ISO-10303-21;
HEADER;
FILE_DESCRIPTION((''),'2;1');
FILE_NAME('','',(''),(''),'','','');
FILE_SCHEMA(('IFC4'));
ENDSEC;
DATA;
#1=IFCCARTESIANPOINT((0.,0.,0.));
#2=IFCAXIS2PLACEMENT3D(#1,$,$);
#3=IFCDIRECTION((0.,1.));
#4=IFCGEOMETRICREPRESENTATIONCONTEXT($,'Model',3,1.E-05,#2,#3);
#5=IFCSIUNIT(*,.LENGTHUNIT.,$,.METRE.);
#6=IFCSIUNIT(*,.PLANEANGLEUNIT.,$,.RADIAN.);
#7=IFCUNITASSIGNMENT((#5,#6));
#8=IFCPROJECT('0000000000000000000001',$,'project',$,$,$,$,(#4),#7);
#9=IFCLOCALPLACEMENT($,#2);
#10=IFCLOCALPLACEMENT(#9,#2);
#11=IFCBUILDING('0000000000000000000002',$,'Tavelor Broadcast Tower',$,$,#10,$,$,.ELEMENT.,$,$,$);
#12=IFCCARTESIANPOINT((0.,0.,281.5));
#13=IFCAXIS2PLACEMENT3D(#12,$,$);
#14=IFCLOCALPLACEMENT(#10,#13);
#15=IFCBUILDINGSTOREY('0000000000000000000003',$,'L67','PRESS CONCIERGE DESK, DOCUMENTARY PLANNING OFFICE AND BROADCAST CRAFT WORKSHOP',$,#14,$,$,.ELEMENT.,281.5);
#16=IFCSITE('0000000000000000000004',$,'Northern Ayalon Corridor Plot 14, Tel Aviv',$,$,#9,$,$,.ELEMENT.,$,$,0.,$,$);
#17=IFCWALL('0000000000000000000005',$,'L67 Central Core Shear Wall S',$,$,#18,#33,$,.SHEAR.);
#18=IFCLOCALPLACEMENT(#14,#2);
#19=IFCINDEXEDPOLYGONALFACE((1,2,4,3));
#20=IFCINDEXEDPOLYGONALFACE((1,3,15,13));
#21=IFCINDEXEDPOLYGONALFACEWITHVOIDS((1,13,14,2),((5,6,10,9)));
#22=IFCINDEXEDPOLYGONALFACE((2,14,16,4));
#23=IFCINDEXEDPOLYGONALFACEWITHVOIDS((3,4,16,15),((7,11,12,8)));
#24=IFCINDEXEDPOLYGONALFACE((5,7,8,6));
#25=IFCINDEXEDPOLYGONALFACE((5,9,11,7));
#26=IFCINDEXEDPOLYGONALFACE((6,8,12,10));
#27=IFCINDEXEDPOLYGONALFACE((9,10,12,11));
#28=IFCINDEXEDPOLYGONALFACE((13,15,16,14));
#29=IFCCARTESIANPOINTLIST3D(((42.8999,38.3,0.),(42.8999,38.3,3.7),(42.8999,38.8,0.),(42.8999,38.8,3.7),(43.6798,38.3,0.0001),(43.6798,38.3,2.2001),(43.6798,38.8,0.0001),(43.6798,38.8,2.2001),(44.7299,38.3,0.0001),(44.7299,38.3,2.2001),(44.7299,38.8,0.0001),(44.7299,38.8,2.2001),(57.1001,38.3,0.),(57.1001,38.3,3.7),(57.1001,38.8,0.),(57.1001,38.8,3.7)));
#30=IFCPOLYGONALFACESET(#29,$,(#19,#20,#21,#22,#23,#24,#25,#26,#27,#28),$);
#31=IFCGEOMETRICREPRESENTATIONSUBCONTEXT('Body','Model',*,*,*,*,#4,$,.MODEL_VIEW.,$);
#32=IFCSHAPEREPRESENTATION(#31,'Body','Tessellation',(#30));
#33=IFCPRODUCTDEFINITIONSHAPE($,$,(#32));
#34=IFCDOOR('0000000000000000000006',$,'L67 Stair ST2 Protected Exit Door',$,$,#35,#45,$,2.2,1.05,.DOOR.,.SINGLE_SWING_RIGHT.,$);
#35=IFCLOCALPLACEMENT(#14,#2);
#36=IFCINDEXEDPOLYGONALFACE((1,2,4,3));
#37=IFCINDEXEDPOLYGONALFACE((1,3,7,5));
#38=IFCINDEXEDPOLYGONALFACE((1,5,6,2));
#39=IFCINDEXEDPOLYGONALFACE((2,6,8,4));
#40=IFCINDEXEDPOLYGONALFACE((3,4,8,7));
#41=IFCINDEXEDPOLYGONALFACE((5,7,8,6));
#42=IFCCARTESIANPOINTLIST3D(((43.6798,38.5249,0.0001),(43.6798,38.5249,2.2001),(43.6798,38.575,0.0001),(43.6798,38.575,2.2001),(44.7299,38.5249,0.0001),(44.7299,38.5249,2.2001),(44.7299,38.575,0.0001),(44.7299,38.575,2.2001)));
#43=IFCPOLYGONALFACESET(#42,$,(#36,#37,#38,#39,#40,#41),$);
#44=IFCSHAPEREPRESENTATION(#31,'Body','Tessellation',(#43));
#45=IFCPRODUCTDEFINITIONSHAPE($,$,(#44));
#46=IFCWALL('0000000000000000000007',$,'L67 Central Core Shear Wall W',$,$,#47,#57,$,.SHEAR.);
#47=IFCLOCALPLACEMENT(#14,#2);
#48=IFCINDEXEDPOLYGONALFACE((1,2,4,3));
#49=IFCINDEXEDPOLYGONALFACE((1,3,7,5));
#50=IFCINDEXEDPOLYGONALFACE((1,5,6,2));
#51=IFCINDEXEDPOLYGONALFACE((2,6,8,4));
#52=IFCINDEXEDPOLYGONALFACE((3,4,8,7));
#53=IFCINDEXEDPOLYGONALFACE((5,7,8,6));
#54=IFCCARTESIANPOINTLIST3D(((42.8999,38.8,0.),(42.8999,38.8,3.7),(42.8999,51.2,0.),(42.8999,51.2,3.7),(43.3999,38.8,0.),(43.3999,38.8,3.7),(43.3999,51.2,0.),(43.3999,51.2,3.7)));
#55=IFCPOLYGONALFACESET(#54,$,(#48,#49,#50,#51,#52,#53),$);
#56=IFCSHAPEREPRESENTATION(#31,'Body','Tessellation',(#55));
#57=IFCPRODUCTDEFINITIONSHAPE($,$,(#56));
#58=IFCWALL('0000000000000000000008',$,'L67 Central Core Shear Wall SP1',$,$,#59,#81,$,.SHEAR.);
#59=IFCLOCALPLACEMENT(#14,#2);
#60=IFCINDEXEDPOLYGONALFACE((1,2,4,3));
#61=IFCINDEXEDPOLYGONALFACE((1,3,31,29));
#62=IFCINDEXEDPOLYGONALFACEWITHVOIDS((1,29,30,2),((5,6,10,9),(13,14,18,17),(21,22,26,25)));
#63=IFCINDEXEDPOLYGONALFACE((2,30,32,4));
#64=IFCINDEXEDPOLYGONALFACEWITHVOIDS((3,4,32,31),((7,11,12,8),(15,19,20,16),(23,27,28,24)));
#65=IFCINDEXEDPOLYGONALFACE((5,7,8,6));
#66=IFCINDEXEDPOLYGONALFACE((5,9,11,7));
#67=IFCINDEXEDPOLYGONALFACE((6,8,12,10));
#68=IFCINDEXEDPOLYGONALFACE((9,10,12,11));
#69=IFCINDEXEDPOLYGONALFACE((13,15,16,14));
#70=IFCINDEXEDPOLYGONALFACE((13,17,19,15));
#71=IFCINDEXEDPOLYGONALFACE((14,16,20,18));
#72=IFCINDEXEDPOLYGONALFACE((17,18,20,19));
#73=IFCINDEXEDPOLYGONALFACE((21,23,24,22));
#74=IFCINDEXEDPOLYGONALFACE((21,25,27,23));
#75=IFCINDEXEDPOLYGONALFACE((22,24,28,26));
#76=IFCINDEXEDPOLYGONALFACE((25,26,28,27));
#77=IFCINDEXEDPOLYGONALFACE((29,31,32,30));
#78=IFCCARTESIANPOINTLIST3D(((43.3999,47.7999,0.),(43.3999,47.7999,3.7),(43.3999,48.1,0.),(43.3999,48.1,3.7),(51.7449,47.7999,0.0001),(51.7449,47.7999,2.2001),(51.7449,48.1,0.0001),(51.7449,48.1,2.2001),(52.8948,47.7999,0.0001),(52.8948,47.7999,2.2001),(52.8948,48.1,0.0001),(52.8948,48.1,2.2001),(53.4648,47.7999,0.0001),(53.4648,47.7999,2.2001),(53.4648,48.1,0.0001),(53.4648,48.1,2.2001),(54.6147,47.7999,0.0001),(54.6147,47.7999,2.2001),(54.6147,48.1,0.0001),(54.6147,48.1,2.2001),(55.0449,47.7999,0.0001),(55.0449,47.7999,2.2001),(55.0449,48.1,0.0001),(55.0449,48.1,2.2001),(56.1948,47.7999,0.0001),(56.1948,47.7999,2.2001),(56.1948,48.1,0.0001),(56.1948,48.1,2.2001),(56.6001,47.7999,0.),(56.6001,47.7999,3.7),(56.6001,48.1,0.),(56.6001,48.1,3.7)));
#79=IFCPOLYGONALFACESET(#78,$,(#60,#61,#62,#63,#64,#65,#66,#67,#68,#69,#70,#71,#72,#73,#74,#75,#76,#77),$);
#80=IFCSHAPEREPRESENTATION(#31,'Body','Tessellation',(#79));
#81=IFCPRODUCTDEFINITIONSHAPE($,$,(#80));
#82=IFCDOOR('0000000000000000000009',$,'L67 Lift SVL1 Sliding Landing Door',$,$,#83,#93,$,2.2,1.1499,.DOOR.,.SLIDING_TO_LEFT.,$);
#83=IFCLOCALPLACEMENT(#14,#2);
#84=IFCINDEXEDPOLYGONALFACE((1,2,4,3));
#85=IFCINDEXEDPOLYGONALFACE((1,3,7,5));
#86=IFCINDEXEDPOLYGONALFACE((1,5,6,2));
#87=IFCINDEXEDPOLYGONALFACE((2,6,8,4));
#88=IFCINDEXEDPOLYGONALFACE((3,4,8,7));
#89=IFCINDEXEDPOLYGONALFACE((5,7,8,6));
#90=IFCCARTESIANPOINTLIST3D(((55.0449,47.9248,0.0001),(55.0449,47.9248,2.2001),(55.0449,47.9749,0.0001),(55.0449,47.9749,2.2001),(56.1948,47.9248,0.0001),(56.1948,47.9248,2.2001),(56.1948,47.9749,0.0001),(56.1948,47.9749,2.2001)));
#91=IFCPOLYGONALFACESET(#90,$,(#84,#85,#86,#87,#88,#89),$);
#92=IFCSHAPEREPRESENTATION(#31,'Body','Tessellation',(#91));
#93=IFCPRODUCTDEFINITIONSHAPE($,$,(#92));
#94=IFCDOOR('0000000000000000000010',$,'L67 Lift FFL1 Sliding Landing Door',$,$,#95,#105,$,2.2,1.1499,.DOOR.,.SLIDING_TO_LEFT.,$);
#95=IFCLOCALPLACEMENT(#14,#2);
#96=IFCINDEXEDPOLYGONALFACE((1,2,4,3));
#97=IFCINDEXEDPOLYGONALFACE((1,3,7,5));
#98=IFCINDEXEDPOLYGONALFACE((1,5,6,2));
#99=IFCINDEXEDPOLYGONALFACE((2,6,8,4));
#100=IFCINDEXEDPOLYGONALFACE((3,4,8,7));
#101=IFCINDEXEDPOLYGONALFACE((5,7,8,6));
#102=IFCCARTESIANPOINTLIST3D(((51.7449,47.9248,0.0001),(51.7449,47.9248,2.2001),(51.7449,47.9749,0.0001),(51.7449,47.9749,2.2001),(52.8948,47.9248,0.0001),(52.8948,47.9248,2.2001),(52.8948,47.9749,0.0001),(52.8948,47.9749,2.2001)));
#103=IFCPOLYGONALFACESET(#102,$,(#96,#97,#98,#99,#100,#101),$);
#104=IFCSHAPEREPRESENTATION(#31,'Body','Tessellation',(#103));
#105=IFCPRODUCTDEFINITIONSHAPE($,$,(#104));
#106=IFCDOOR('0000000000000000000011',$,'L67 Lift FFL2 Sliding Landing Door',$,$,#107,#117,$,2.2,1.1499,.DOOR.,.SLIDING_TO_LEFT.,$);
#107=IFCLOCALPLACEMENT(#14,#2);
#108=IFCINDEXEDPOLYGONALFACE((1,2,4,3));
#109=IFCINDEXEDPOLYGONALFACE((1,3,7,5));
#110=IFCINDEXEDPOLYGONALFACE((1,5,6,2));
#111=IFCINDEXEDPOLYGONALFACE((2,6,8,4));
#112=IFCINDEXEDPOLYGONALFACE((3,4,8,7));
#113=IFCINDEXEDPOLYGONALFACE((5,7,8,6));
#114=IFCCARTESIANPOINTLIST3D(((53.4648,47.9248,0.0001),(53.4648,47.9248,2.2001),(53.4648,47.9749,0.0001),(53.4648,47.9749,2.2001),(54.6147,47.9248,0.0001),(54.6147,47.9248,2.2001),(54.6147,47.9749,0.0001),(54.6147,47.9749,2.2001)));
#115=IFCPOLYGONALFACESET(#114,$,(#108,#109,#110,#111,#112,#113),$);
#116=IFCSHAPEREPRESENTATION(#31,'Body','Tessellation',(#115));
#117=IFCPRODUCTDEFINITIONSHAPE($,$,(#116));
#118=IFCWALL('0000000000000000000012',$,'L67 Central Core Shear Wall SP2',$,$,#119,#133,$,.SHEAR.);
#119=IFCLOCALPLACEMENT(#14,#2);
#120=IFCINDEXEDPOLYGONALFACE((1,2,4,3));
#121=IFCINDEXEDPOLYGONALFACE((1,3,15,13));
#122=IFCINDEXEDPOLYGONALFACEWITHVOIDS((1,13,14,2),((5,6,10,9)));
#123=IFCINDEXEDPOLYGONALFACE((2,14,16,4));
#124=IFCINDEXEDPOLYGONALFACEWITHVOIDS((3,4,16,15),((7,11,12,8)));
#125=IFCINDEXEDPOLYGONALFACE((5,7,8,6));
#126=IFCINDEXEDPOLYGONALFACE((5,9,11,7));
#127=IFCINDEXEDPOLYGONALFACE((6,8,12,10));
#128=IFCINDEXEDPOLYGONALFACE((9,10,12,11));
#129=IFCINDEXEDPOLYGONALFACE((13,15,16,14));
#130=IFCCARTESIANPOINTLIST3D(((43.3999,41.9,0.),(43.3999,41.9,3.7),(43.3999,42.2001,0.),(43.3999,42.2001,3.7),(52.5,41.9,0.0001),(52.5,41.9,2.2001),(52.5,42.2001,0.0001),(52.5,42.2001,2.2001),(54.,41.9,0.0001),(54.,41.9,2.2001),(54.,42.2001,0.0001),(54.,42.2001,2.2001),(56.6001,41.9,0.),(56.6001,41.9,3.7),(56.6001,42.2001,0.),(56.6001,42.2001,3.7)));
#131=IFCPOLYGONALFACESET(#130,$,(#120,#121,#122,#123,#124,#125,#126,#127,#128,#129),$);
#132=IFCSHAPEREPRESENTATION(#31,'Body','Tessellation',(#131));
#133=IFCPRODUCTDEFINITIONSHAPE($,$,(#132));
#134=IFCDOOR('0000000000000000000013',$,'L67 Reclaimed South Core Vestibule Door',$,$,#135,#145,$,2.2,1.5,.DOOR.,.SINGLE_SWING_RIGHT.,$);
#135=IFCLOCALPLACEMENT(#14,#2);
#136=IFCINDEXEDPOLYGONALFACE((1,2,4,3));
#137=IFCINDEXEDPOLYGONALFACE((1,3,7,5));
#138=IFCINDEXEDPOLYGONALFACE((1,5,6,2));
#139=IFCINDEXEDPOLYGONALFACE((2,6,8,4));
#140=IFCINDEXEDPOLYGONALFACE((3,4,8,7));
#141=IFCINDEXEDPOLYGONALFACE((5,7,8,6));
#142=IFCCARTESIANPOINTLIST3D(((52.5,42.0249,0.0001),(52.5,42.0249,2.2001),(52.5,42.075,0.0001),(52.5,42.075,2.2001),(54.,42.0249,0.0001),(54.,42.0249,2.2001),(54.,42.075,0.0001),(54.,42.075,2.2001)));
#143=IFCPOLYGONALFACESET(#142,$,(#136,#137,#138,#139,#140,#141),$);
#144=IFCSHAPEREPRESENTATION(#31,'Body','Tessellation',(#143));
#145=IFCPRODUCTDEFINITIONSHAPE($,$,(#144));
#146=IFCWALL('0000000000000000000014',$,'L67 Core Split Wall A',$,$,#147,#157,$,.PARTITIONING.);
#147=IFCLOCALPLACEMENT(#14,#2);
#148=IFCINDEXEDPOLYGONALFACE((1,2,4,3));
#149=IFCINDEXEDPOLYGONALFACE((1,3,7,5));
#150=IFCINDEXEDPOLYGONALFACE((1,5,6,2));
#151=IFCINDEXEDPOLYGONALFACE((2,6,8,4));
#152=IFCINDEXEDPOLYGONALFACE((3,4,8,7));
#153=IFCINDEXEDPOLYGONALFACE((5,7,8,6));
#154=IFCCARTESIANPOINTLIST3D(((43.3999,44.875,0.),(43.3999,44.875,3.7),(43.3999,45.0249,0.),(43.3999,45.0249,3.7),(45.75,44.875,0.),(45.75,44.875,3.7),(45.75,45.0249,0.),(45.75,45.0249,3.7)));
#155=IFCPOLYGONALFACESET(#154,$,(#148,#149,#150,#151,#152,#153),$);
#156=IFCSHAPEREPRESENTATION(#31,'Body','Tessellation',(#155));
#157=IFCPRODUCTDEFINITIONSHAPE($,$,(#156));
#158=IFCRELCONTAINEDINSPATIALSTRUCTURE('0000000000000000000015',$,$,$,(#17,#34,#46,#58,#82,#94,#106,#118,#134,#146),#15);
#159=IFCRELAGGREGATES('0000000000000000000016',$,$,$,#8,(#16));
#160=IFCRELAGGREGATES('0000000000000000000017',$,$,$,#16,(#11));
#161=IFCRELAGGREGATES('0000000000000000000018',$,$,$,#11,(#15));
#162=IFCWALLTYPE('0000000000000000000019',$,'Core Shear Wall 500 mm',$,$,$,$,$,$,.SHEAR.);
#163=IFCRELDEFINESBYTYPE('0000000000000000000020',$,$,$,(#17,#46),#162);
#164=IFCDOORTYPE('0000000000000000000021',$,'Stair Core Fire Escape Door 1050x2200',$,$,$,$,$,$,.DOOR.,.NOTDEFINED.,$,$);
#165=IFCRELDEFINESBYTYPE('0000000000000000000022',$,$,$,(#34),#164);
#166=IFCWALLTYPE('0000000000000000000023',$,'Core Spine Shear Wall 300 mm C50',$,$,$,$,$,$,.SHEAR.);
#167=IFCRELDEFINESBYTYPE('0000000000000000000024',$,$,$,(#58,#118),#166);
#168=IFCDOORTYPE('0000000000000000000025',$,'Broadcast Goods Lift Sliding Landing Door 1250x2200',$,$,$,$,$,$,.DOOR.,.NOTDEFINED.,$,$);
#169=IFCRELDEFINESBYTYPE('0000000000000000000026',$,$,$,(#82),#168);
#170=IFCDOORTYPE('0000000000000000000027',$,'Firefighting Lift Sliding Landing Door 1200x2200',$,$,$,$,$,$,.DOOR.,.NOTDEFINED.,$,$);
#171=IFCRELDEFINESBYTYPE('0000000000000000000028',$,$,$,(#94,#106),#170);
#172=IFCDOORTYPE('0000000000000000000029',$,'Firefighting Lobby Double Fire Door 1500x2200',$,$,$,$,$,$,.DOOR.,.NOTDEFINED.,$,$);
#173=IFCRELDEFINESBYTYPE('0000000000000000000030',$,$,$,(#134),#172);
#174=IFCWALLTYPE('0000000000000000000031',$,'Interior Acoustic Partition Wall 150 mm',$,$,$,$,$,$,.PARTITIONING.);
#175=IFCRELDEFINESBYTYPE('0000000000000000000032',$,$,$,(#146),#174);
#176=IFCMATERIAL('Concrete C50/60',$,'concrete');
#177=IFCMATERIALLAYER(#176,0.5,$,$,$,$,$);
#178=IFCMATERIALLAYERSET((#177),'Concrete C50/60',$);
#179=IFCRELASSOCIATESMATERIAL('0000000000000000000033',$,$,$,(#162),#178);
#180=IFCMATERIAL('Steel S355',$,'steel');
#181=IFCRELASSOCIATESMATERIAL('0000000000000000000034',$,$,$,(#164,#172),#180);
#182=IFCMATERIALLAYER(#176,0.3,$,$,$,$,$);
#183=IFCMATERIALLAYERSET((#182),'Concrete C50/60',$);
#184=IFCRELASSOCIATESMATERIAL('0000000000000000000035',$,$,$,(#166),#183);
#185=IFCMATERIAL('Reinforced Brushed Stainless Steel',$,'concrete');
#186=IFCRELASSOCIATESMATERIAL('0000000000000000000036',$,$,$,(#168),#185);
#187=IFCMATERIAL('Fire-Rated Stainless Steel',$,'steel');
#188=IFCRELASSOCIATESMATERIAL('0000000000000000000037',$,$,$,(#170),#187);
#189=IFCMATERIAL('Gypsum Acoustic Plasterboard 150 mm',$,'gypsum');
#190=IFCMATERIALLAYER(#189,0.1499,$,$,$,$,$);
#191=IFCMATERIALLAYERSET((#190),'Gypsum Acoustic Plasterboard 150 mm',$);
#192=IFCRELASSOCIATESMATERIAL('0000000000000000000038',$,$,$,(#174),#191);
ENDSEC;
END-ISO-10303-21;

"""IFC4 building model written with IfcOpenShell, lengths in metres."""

from ifc_helpers import new_model, si_unit, direction, frame, frame_2d, origin, place, context, subcontext, project, spatial, rectangle, extrude, material, layer, layer_set, type_object, element, fill, save


model = new_model("IFC4")

# Units and contexts
model_context = context("Model", 3, precision=1e-05, world=origin(), true_north=direction((0.0, 1.0)))
body_context = subcontext(model_context, "Body", "Model", "MODEL_VIEW")
ifc_project = project(units=[si_unit("LENGTHUNIT", "METRE"), si_unit("PLANEANGLEUNIT", "RADIAN")], contexts=[model_context])

# Site, building, storey
site_placement = place(None, origin())
site = spatial("IfcSite", under=ifc_project, at=site_placement, Name="Northern Ayalon Corridor Plot 14, Tel Aviv", CompositionType="ELEMENT", RefElevation=0.0)
building_placement = place(site_placement, origin())
building = spatial("IfcBuilding", under=site, at=building_placement, Name="Tavelor Broadcast Tower", CompositionType="ELEMENT")
storey_placement = place(building_placement, frame((0.0, 0.0, 281.5)))
storey = spatial("IfcBuildingStorey", under=building, at=storey_placement, Name="L67", Description="PRESS CONCIERGE DESK, DOCUMENTARY PLANNING OFFICE AND BROADCAST CRAFT WORKSHOP", CompositionType="ELEMENT", Elevation=281.5)

# Shared definitions
ifc_material_1 = material(Name="Concrete C50/60", Category="concrete")

# Shared definitions
ifc_material_2 = material(Name="Steel S355", Category="steel")

# Wall, opening, door
ifc_layer_1 = layer(ifc_material_1, 0.5)
ifc_layer_set_1 = layer_set([ifc_layer_1], Name="Concrete C50/60")
wall_type_1 = type_object("IfcWallType", Name="Core Shear Wall 500 mm", PredefinedType="SHEAR", material=ifc_layer_set_1)
wall_1_placement = place(storey_placement, frame((42.8999, 38.55, 0.0), z_axis=(0.0, 0.0, 1.0), x_axis=(1.0, 0.0, 0.0)))
wall_1 = element("IfcWall", 1, at=wall_1_placement, inside=storey, type_object=wall_type_1, Name="L67 Central Core Shear Wall S", PredefinedType="SHEAR", context=body_context, shape_type="SweptSolid", body=[
    extrude(rectangle(XDim=14.2002, YDim=0.5, at=frame_2d((7.1001, 0.0))), origin(), (0.0, 0.0, 1.0), 3.7),
])
opening_1_placement = place(wall_1_placement, frame((0.78, 0.0, 0.0)))
opening_1 = element("IfcOpeningElement", 2, at=opening_1_placement, cuts=wall_1, PredefinedType="OPENING", context=body_context, shape_type="SweptSolid", body=[
    extrude(rectangle(XDim=1.05, YDim=2.2, at=frame_2d((0.5249, 1.1001))), frame((0.0, 0.26, 0.0), z_axis=(0.0, -1.0, 0.0), x_axis=(1.0, 0.0, 0.0)), (0.0, 0.0, 1.0), 0.52),
])
door_type_1 = type_object("IfcDoorType", Name="Stair Core Fire Escape Door 1050x2200", OperationType="NOTDEFINED", PredefinedType="DOOR", material=ifc_material_2)
door_1_placement = place(opening_1_placement, origin())
door_1 = element("IfcDoor", 3, at=door_1_placement, inside=storey, type_object=door_type_1, Name="L67 Stair ST2 Protected Exit Door", OperationType="SINGLE_SWING_RIGHT", OverallHeight=2.2, OverallWidth=1.05, PredefinedType="DOOR", context=body_context, shape_type="SweptSolid", body=[
    extrude(rectangle(XDim=1.05, YDim=2.2, at=frame_2d((0.5249, 1.1001))), frame((0.0, 0.0249, 0.0), z_axis=(0.0, -1.0, 0.0), x_axis=(1.0, 0.0, 0.0)), (0.0, 0.0, 1.0), 0.05),
])
fill(opening_1, door_1)

# Wall
wall_2_placement = place(storey_placement, frame((43.1499, 38.8, 0.0), z_axis=(0.0, 0.0, 1.0), x_axis=(0.0, 1.0, 0.0)))
element("IfcWall", 4, at=wall_2_placement, inside=storey, type_object=wall_type_1, Name="L67 Central Core Shear Wall W", PredefinedType="SHEAR", context=body_context, shape_type="SweptSolid", body=[
    extrude(rectangle(XDim=12.3999, YDim=0.5, at=frame_2d((6.2, 0.0))), origin(), (0.0, 0.0, 1.0), 3.7),
])

# Wall, openings, doors
ifc_layer_2 = layer(ifc_material_1, 0.3)
ifc_layer_set_2 = layer_set([ifc_layer_2], Name="Concrete C50/60")
wall_type_2 = type_object("IfcWallType", Name="Core Spine Shear Wall 300 mm C50", PredefinedType="SHEAR", material=ifc_layer_set_2)
wall_3_placement = place(storey_placement, frame((43.3999, 47.95, 0.0), z_axis=(0.0, 0.0, 1.0), x_axis=(1.0, 0.0, 0.0)))
wall_3 = element("IfcWall", 5, at=wall_3_placement, inside=storey, type_object=wall_type_2, Name="L67 Central Core Shear Wall SP1", PredefinedType="SHEAR", context=body_context, shape_type="SweptSolid", body=[
    extrude(rectangle(XDim=13.2002, YDim=0.3, at=frame_2d((6.6001, 0.0))), origin(), (0.0, 0.0, 1.0), 3.7),
])
opening_2_placement = place(wall_3_placement, frame((8.345, 0.0, 0.0)))
opening_2 = element("IfcOpeningElement", 6, at=opening_2_placement, cuts=wall_3, PredefinedType="OPENING", context=body_context, shape_type="SweptSolid", body=[
    extrude(rectangle(XDim=1.1499, YDim=2.2, at=frame_2d((0.575, 1.1001))), frame((0.0, 0.1602, 0.0), z_axis=(0.0, -1.0, 0.0), x_axis=(1.0, 0.0, 0.0)), (0.0, 0.0, 1.0), 0.3201),
])
opening_3_placement = place(wall_3_placement, frame((10.0649, 0.0, 0.0)))
opening_3 = element("IfcOpeningElement", 7, at=opening_3_placement, cuts=wall_3, PredefinedType="OPENING", context=body_context, shape_type="SweptSolid", body=[
    extrude(rectangle(XDim=1.1499, YDim=2.2, at=frame_2d((0.575, 1.1001))), frame((0.0, 0.1602, 0.0), z_axis=(0.0, -1.0, 0.0), x_axis=(1.0, 0.0, 0.0)), (0.0, 0.0, 1.0), 0.3201),
])
opening_4_placement = place(wall_3_placement, frame((11.645, 0.0, 0.0)))
opening_4 = element("IfcOpeningElement", 8, at=opening_4_placement, cuts=wall_3, PredefinedType="OPENING", context=body_context, shape_type="SweptSolid", body=[
    extrude(rectangle(XDim=1.1499, YDim=2.2, at=frame_2d((0.575, 1.1001))), frame((0.0, 0.1602, 0.0), z_axis=(0.0, -1.0, 0.0), x_axis=(1.0, 0.0, 0.0)), (0.0, 0.0, 1.0), 0.3201),
])
ifc_material_3 = material(Name="Reinforced Brushed Stainless Steel", Category="concrete")
door_type_2 = type_object("IfcDoorType", Name="Broadcast Goods Lift Sliding Landing Door 1250x2200", OperationType="NOTDEFINED", PredefinedType="DOOR", material=ifc_material_3)
door_2_placement = place(opening_4_placement, origin())
door_2 = element("IfcDoor", 9, at=door_2_placement, inside=storey, type_object=door_type_2, Name="L67 Lift SVL1 Sliding Landing Door", OperationType="SLIDING_TO_LEFT", OverallHeight=2.2, OverallWidth=1.1499, PredefinedType="DOOR", context=body_context, shape_type="SweptSolid", body=[
    extrude(rectangle(XDim=1.1499, YDim=2.2, at=frame_2d((0.575, 1.1001))), frame((0.0, 0.0249, 0.0), z_axis=(0.0, -1.0, 0.0), x_axis=(1.0, 0.0, 0.0)), (0.0, 0.0, 1.0), 0.05),
])
fill(opening_4, door_2)
ifc_material_4 = material(Name="Fire-Rated Stainless Steel", Category="steel")
door_type_3 = type_object("IfcDoorType", Name="Firefighting Lift Sliding Landing Door 1200x2200", OperationType="NOTDEFINED", PredefinedType="DOOR", material=ifc_material_4)
door_3_placement = place(opening_2_placement, origin())
door_3 = element("IfcDoor", 10, at=door_3_placement, inside=storey, type_object=door_type_3, Name="L67 Lift FFL1 Sliding Landing Door", OperationType="SLIDING_TO_LEFT", OverallHeight=2.2, OverallWidth=1.1499, PredefinedType="DOOR", context=body_context, shape_type="SweptSolid", body=[
    extrude(rectangle(XDim=1.1499, YDim=2.2, at=frame_2d((0.575, 1.1001))), frame((0.0, 0.0249, 0.0), z_axis=(0.0, -1.0, 0.0), x_axis=(1.0, 0.0, 0.0)), (0.0, 0.0, 1.0), 0.05),
])
fill(opening_2, door_3)
door_4_placement = place(opening_3_placement, origin())
door_4 = element("IfcDoor", 11, at=door_4_placement, inside=storey, type_object=door_type_3, Name="L67 Lift FFL2 Sliding Landing Door", OperationType="SLIDING_TO_LEFT", OverallHeight=2.2, OverallWidth=1.1499, PredefinedType="DOOR", context=body_context, shape_type="SweptSolid", body=[
    extrude(rectangle(XDim=1.1499, YDim=2.2, at=frame_2d((0.575, 1.1001))), frame((0.0, 0.0249, 0.0), z_axis=(0.0, -1.0, 0.0), x_axis=(1.0, 0.0, 0.0)), (0.0, 0.0, 1.0), 0.05),
])
fill(opening_3, door_4)

# Wall, opening, door
wall_4_placement = place(storey_placement, frame((43.3999, 42.05, 0.0), z_axis=(0.0, 0.0, 1.0), x_axis=(1.0, 0.0, 0.0)))
wall_4 = element("IfcWall", 12, at=wall_4_placement, inside=storey, type_object=wall_type_2, Name="L67 Central Core Shear Wall SP2", PredefinedType="SHEAR", context=body_context, shape_type="SweptSolid", body=[
    extrude(rectangle(XDim=13.2002, YDim=0.3, at=frame_2d((6.6001, 0.0))), origin(), (0.0, 0.0, 1.0), 3.7),
])
opening_5_placement = place(wall_4_placement, frame((9.1001, 0.0, 0.0)))
opening_5 = element("IfcOpeningElement", 13, at=opening_5_placement, cuts=wall_4, PredefinedType="OPENING", context=body_context, shape_type="SweptSolid", body=[
    extrude(rectangle(XDim=1.5, YDim=2.2, at=frame_2d((0.75, 1.1001))), frame((0.0, 0.1602, 0.0), z_axis=(0.0, -1.0, 0.0), x_axis=(1.0, 0.0, 0.0)), (0.0, 0.0, 1.0), 0.3201),
])
door_type_4 = type_object("IfcDoorType", Name="Firefighting Lobby Double Fire Door 1500x2200", OperationType="NOTDEFINED", PredefinedType="DOOR", material=ifc_material_2)
door_5_placement = place(opening_5_placement, origin())
door_5 = element("IfcDoor", 14, at=door_5_placement, inside=storey, type_object=door_type_4, Name="L67 Reclaimed South Core Vestibule Door", OperationType="SINGLE_SWING_RIGHT", OverallHeight=2.2, OverallWidth=1.5, PredefinedType="DOOR", context=body_context, shape_type="SweptSolid", body=[
    extrude(rectangle(XDim=1.5, YDim=2.2, at=frame_2d((0.75, 1.1001))), frame((0.0, 0.0249, 0.0), z_axis=(0.0, -1.0, 0.0), x_axis=(1.0, 0.0, 0.0)), (0.0, 0.0, 1.0), 0.05),
])
fill(opening_5, door_5)

# Wall
ifc_material_5 = material(Name="Gypsum Acoustic Plasterboard 150 mm", Category="gypsum")
ifc_layer_3 = layer(ifc_material_5, 0.1499)
ifc_layer_set_3 = layer_set([ifc_layer_3], Name="Gypsum Acoustic Plasterboard 150 mm")
wall_type_3 = type_object("IfcWallType", Name="Interior Acoustic Partition Wall 150 mm", PredefinedType="PARTITIONING", material=ifc_layer_set_3)
wall_5_placement = place(storey_placement, frame((43.3999, 44.95, 0.0), z_axis=(0.0, 0.0, 1.0), x_axis=(1.0, 0.0, 0.0)))
element("IfcWall", 15, at=wall_5_placement, inside=storey, type_object=wall_type_3, Name="L67 Core Split Wall A", PredefinedType="PARTITIONING", context=body_context, shape_type="SweptSolid", body=[
    extrude(rectangle(XDim=2.3501, YDim=0.1499, at=frame_2d((1.175, 0.0))), origin(), (0.0, 0.0, 1.0), 3.7),
])

save(model, "model.ifc")
